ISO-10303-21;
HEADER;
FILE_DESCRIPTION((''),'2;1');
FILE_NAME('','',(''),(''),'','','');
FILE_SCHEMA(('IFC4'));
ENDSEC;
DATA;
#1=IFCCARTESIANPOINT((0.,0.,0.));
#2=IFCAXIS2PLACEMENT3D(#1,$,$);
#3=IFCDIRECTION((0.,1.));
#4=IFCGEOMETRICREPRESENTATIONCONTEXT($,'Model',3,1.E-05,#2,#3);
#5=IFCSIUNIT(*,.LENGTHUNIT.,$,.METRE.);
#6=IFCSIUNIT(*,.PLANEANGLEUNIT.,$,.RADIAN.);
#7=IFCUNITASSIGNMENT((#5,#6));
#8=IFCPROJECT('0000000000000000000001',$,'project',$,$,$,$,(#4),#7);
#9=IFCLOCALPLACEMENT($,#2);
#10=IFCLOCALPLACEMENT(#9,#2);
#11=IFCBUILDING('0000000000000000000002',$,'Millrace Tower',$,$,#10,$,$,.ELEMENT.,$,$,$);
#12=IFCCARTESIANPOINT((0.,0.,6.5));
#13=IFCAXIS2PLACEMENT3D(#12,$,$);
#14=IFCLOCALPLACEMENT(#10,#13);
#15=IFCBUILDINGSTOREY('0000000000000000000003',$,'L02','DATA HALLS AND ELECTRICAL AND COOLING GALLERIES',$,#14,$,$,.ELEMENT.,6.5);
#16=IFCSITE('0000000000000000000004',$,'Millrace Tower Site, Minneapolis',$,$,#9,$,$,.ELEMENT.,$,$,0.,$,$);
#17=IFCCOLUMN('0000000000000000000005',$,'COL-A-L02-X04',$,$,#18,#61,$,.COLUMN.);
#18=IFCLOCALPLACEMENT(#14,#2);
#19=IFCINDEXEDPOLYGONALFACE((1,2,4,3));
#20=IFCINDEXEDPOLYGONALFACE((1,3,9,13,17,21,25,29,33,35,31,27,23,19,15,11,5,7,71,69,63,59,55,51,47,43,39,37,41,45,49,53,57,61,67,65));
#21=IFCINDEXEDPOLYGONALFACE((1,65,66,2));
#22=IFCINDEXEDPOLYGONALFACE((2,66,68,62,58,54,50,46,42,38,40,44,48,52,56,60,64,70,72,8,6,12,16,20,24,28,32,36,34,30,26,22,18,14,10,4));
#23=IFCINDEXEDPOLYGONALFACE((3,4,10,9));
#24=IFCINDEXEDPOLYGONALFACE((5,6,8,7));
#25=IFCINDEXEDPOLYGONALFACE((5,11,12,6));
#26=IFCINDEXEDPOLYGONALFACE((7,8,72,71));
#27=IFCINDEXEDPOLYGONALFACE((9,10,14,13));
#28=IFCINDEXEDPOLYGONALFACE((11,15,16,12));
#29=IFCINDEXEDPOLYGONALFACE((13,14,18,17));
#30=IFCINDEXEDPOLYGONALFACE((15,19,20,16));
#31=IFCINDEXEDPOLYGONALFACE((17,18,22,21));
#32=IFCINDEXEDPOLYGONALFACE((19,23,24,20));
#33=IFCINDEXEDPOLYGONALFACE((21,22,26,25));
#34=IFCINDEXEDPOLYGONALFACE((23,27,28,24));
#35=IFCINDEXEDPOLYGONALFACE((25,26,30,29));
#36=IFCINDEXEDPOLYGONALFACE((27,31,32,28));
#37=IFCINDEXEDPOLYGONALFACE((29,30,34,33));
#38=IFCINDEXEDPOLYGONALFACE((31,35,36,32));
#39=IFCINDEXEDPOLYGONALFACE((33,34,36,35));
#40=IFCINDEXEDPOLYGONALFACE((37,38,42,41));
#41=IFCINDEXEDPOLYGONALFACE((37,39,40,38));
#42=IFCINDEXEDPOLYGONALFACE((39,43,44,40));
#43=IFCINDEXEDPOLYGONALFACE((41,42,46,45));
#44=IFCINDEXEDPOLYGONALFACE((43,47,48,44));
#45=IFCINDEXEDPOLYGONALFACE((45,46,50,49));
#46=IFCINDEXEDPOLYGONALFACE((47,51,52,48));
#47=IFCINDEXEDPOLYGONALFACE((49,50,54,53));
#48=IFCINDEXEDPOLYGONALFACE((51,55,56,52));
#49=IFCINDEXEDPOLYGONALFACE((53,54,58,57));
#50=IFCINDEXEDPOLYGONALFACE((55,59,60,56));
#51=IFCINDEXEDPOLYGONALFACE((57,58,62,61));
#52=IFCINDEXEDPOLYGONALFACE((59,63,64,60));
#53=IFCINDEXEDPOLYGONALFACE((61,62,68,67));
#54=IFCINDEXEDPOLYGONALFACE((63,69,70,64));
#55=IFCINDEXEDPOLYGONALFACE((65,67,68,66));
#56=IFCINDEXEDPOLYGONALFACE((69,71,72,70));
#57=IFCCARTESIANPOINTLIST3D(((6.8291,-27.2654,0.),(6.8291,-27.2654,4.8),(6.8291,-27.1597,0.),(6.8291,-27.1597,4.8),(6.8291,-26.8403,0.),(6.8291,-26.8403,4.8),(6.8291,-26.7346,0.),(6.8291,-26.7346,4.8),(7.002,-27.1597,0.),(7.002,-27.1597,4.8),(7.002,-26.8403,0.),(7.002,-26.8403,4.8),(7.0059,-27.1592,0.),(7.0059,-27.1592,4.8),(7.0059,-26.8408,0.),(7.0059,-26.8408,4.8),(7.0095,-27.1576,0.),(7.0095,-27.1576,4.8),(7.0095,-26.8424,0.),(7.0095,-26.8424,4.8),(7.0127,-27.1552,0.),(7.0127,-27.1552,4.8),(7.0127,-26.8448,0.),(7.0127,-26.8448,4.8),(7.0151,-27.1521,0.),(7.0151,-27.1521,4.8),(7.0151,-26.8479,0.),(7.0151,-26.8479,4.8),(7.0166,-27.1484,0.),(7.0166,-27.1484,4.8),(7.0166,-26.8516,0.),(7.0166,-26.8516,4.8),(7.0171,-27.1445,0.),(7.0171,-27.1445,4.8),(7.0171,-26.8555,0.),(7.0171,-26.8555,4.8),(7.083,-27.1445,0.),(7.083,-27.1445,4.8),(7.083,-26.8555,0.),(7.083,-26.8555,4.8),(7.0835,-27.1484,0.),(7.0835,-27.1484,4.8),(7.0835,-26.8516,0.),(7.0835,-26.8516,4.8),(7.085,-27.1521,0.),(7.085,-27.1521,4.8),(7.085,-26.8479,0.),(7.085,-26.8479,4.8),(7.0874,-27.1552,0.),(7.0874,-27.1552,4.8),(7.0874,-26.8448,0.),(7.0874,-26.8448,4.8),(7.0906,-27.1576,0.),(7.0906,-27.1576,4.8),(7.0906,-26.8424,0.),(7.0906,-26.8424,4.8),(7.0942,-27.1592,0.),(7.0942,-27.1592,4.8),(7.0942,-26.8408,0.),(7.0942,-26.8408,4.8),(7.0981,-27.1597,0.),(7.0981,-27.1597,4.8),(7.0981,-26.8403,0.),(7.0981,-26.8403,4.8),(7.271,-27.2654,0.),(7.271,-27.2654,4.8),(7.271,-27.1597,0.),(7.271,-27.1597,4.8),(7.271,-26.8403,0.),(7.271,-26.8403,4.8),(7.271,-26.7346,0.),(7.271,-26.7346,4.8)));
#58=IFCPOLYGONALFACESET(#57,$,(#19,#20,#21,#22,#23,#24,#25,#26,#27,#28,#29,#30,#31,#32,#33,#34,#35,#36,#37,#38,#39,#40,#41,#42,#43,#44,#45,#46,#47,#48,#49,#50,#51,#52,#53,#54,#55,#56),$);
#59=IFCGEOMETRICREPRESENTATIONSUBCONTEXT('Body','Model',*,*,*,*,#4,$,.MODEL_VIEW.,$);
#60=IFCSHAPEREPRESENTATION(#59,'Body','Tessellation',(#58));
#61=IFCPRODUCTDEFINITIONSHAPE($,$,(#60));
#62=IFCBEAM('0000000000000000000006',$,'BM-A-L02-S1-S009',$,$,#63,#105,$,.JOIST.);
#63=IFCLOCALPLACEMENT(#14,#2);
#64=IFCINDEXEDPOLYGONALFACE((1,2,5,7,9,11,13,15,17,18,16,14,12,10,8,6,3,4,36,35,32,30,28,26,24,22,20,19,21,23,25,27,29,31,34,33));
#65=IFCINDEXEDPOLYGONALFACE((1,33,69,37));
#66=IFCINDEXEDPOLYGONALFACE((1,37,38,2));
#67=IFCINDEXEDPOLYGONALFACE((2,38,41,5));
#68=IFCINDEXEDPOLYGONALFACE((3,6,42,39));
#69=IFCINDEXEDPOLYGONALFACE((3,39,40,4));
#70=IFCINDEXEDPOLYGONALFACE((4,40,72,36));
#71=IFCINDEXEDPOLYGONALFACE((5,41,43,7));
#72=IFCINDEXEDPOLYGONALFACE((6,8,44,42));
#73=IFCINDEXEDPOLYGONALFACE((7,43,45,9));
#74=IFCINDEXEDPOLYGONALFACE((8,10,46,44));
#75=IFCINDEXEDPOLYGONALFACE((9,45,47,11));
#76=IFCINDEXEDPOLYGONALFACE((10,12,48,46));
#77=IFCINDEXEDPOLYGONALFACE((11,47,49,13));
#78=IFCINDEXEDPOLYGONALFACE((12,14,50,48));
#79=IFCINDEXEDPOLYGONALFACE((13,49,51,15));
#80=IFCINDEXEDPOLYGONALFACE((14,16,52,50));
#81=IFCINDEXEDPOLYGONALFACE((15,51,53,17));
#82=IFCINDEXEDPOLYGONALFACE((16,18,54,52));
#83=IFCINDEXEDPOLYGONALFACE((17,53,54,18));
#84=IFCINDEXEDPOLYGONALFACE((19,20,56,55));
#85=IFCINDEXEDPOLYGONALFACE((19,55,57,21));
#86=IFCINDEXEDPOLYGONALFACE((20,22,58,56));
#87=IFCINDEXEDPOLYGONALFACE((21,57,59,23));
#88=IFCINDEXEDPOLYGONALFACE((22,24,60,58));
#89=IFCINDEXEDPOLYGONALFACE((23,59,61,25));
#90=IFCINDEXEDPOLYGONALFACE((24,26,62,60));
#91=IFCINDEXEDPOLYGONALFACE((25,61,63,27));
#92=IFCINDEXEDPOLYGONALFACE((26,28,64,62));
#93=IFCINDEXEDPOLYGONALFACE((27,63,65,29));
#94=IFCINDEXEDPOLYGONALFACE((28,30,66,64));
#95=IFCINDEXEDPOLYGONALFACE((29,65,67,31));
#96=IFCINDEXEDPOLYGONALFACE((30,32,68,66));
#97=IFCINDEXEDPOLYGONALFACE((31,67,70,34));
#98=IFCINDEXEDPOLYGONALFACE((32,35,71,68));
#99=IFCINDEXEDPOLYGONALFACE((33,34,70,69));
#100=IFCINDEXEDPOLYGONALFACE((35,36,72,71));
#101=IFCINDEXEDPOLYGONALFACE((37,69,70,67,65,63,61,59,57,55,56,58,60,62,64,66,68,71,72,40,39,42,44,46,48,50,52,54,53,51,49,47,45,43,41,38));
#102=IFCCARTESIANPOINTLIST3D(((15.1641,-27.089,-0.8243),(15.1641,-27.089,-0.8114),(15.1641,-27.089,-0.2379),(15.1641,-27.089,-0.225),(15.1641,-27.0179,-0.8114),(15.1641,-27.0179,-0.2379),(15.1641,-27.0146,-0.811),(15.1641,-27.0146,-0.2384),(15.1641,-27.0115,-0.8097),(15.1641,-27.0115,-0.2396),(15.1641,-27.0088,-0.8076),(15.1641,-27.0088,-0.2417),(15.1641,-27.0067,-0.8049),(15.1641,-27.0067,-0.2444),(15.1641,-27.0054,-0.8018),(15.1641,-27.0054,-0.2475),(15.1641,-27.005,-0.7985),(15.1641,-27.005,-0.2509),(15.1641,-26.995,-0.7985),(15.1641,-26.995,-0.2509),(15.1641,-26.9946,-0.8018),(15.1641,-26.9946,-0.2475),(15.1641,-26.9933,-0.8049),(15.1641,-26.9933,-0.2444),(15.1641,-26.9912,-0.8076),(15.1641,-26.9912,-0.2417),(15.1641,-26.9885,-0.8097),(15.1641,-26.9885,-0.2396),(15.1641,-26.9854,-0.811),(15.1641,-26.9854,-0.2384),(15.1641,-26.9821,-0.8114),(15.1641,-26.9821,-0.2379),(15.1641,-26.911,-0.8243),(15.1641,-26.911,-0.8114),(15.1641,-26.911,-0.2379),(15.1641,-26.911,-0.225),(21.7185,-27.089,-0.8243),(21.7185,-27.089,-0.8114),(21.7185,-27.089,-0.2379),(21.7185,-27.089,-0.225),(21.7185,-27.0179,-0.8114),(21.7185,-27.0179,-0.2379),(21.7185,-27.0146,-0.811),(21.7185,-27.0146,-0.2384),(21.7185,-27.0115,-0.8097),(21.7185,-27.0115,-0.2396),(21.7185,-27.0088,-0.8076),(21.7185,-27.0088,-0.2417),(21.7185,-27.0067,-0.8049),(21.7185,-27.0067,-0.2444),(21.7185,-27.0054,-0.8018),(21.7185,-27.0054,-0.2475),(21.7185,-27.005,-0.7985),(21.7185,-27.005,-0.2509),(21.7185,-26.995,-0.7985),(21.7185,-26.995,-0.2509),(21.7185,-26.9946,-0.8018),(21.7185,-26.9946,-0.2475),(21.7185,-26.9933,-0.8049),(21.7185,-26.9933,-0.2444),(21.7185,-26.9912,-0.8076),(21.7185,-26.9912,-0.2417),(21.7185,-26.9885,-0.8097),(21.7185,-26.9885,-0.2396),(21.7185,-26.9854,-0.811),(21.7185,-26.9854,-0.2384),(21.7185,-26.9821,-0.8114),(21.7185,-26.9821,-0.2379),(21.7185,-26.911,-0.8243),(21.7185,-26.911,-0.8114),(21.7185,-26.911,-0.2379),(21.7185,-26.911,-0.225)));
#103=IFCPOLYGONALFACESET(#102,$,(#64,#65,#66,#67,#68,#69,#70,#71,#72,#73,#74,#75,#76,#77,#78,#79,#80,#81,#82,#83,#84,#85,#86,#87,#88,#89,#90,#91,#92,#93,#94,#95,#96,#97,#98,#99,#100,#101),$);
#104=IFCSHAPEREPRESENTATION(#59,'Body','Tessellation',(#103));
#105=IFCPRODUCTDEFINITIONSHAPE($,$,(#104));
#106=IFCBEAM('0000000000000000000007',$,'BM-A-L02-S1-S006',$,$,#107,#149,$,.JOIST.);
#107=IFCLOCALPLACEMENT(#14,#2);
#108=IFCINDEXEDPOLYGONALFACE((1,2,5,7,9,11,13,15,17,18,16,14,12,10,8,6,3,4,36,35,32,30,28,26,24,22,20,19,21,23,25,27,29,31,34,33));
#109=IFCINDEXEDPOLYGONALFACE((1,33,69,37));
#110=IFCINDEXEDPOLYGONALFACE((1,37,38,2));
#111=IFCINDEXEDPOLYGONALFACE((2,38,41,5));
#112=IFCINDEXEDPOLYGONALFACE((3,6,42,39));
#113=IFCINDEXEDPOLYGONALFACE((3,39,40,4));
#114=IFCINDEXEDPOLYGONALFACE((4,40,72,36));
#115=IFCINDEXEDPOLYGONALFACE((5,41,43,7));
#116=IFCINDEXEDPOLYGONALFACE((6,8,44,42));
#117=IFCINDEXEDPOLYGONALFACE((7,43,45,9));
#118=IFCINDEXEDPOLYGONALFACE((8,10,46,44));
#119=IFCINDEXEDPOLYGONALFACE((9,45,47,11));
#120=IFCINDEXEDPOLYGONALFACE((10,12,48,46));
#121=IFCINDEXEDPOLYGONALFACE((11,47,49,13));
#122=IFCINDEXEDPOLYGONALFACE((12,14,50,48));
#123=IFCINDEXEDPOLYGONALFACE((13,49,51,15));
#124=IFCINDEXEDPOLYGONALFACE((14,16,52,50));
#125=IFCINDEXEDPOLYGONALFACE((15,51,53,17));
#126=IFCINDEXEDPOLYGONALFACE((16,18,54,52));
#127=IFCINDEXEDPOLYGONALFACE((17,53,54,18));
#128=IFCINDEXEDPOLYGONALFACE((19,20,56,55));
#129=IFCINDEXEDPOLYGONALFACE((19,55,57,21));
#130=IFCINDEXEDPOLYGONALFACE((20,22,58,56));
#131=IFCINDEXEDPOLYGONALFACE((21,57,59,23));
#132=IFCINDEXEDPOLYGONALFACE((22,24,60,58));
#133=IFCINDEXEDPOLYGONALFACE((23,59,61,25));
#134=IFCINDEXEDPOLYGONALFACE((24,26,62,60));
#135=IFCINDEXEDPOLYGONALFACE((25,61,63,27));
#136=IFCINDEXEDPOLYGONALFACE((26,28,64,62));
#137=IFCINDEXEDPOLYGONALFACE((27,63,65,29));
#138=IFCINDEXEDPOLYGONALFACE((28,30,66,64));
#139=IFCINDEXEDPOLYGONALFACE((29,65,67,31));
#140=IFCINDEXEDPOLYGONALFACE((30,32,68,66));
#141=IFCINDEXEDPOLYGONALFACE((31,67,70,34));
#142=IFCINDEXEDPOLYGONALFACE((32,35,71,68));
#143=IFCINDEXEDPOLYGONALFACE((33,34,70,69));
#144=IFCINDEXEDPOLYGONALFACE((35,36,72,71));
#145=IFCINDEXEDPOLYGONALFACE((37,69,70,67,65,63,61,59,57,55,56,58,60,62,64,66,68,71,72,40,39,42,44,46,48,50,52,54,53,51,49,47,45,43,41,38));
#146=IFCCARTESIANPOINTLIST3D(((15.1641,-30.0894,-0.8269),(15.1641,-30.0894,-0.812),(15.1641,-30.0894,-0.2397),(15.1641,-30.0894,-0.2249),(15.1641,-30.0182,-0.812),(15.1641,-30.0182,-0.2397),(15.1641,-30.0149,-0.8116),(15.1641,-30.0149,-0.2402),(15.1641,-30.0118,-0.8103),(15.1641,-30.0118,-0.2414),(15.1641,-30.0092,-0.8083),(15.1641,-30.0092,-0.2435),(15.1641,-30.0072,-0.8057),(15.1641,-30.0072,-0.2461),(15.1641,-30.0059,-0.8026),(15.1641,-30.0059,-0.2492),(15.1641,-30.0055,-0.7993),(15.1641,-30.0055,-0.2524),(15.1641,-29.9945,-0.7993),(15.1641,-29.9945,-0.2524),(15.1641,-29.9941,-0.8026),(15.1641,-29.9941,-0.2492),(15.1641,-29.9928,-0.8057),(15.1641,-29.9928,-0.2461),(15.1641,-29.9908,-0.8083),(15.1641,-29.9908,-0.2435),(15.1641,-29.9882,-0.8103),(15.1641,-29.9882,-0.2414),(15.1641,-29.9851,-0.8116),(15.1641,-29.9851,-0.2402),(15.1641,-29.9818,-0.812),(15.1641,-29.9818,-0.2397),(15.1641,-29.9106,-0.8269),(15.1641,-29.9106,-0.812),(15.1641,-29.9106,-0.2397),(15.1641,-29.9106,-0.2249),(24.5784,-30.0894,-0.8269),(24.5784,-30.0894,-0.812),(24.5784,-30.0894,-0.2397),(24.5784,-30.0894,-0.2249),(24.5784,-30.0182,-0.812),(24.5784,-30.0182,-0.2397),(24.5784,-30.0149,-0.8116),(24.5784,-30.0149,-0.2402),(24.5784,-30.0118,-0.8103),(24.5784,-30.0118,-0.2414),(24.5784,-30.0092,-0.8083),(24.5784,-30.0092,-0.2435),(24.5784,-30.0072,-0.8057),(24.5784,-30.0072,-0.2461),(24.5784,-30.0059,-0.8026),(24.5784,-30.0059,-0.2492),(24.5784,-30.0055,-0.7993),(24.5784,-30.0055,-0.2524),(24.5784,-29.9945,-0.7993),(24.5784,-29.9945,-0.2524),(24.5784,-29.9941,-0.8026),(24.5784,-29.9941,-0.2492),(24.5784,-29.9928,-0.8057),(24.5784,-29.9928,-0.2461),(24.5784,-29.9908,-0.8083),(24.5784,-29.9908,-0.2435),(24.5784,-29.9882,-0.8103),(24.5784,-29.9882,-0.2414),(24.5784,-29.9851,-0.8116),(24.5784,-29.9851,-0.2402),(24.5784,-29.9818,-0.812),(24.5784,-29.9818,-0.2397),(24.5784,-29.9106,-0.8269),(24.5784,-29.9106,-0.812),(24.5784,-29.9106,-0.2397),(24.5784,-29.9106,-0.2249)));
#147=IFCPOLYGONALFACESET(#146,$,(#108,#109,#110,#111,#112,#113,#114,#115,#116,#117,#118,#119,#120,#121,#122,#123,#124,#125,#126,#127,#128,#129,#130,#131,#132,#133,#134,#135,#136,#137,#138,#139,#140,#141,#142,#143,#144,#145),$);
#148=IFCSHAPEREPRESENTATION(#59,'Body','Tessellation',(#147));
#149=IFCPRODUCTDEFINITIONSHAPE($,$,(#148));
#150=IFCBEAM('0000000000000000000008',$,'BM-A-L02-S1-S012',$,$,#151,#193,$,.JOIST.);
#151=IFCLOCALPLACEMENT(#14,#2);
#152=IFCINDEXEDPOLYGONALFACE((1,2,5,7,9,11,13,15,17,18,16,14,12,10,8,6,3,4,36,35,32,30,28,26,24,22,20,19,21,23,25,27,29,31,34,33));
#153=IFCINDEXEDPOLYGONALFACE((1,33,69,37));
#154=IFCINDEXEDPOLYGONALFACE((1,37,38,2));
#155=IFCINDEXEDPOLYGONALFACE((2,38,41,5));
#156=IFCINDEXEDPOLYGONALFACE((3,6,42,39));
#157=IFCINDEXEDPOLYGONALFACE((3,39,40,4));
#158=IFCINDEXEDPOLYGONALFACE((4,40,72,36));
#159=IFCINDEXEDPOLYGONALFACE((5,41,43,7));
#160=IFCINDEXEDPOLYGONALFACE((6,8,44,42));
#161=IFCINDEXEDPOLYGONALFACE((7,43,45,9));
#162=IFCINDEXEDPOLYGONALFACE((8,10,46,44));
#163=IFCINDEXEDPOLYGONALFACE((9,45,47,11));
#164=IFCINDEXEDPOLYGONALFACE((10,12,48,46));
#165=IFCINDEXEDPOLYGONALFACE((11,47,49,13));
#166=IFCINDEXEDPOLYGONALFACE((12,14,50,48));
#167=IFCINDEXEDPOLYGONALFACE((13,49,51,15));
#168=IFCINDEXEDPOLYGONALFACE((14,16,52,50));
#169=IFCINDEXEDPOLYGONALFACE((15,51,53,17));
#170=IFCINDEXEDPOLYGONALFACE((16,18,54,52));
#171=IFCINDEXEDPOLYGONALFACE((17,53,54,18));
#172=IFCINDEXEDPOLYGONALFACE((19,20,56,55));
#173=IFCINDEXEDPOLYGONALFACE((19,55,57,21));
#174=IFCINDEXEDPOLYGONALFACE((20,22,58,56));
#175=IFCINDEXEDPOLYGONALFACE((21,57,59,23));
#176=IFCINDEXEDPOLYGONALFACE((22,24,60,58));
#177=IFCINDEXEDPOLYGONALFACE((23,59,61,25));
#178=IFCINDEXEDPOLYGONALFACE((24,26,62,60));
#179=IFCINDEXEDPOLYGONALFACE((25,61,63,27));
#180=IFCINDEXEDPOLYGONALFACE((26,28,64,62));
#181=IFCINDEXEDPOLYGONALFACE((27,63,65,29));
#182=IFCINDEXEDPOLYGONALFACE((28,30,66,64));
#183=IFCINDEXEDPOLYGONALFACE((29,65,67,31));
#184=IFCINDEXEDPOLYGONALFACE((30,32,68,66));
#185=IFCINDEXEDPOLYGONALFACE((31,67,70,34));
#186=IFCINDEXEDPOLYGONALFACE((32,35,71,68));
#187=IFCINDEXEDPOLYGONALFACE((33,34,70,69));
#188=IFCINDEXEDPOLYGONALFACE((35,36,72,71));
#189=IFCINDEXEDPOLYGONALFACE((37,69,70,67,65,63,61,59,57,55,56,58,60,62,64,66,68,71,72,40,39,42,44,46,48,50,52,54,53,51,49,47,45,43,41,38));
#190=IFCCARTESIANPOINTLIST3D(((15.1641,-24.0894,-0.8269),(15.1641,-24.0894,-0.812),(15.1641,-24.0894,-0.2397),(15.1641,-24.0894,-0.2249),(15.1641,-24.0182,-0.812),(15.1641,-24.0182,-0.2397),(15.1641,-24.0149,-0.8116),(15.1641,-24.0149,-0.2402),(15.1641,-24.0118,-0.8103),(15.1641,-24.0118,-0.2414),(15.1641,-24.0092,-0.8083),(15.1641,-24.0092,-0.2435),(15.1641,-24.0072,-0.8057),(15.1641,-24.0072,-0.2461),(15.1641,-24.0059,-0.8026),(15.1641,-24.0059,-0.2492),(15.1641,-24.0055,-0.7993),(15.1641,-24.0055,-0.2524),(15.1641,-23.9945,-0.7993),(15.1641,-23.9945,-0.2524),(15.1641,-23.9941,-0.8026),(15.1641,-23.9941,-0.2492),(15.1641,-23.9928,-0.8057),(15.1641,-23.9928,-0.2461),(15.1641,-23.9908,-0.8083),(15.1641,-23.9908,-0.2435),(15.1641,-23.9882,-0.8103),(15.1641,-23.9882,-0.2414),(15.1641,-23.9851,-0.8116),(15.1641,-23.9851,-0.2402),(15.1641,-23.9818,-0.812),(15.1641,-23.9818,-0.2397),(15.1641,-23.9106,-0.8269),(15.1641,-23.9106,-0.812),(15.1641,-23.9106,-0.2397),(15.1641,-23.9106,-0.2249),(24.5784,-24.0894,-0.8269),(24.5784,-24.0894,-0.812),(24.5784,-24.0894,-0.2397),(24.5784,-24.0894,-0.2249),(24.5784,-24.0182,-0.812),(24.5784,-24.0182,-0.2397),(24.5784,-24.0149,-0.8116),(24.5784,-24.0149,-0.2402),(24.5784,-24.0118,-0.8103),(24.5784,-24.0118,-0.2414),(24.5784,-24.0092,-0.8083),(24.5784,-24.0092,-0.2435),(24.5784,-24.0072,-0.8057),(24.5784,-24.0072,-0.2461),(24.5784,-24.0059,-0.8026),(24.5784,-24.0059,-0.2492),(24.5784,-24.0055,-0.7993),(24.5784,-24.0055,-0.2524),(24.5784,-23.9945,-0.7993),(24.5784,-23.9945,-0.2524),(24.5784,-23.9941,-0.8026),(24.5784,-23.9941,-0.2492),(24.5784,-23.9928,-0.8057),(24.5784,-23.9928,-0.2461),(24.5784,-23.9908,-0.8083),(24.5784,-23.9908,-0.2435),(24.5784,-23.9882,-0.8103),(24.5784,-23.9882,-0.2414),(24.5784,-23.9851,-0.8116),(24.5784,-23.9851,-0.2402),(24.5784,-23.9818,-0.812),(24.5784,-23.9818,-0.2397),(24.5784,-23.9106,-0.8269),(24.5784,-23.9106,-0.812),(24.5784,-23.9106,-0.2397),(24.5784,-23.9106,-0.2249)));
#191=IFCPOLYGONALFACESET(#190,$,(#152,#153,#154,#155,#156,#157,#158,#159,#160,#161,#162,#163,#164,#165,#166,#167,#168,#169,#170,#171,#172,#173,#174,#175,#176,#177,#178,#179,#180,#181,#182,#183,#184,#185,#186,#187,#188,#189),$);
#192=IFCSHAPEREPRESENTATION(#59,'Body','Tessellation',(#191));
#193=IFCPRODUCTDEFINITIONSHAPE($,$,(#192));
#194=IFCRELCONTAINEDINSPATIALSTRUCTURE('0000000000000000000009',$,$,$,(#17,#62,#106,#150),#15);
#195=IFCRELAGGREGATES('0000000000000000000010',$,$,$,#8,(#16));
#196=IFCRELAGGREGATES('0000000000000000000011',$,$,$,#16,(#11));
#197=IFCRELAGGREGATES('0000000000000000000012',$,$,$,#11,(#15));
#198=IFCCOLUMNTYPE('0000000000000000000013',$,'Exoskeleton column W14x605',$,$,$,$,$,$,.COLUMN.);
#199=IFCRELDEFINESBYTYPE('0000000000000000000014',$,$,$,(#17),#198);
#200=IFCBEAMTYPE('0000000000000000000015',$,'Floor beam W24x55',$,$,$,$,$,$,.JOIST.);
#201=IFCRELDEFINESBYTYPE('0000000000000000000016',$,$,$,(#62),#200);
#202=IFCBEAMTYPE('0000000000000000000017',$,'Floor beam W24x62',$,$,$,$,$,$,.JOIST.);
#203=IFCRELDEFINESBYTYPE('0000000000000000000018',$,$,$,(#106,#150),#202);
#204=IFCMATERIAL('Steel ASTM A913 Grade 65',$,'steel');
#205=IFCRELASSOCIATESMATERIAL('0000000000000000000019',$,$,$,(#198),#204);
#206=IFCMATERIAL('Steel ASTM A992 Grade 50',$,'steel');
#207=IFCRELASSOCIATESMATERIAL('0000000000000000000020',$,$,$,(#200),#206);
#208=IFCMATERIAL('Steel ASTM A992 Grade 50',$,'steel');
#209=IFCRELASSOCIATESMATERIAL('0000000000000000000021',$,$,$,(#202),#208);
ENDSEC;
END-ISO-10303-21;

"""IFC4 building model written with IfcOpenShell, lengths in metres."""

from ifc_helpers import new_model, si_unit, direction, frame, origin, origin_2d, place, context, subcontext, project, spatial, i_section, extrude, material, material_profile, profile_set, type_object, element, save


model = new_model("IFC4")

# Units and contexts
model_context = context("Model", 3, precision=1e-05, world=origin(), true_north=direction((0.0, 1.0)))
body_context = subcontext(model_context, "Body", "Model", "MODEL_VIEW")
ifc_project = project(units=[si_unit("LENGTHUNIT", "METRE"), si_unit("PLANEANGLEUNIT", "RADIAN")], contexts=[model_context])

# Site, building, storey
site_placement = place(None, origin())
site = spatial("IfcSite", under=ifc_project, at=site_placement, Name="Millrace Tower Site, Minneapolis", CompositionType="ELEMENT", RefElevation=0.0)
building_placement = place(site_placement, origin())
building = spatial("IfcBuilding", under=site, at=building_placement, Name="Millrace Tower", CompositionType="ELEMENT")
storey_placement = place(building_placement, frame((0.0, 0.0, 6.5)))
storey = spatial("IfcBuildingStorey", under=building, at=storey_placement, Name="L02", Description="DATA HALLS AND ELECTRICAL AND COOLING GALLERIES", CompositionType="ELEMENT", Elevation=6.5)

# Column
ifc_material_1 = material(Name="Steel ASTM A913 Grade 65", Category="steel")
ifc_material_profile_1 = material_profile(ifc_material_1, i_section(OverallWidth=0.4419, OverallDepth=0.5308, WebThickness=0.0659, FlangeThickness=0.1057, FilletRadius=0.0151, at=origin_2d()))
ifc_profile_set_1 = profile_set([ifc_material_profile_1], Name="Steel ASTM A913 Grade 65")
column_type = type_object("IfcColumnType", Name="Exoskeleton column W14x605", PredefinedType="COLUMN", material=ifc_profile_set_1)
column_placement = place(storey_placement, frame((7.05, -27.0, 0.0), z_axis=(0.0, 0.0, 1.0), x_axis=(1.0, 0.0, 0.0)))
element("IfcColumn", 1, at=column_placement, inside=storey, type_object=column_type, Name="COL-A-L02-X04", PredefinedType="COLUMN", context=body_context, shape_type="SweptSolid", body=[
    extrude(i_section(OverallWidth=0.4419, OverallDepth=0.5308, WebThickness=0.0659, FlangeThickness=0.1057, FilletRadius=0.0151, at=origin_2d()), origin(), (0.0, 0.0, 1.0), 4.8),
])

# Beams
ifc_material_2 = material(Name="Steel ASTM A992 Grade 50", Category="steel")
ifc_material_profile_2 = material_profile(ifc_material_2, i_section(OverallWidth=0.178, OverallDepth=0.5994, WebThickness=0.01, FlangeThickness=0.0129, FilletRadius=0.0129, at=origin_2d()))
ifc_profile_set_2 = profile_set([ifc_material_profile_2], Name="Steel ASTM A992 Grade 50")
beam_type_1 = type_object("IfcBeamType", Name="Floor beam W24x55", PredefinedType="JOIST", material=ifc_profile_set_2)
beam_placement = place(storey_placement, frame((15.1641, -27.0, -0.5247), z_axis=(1.0, 0.0, 0.0), x_axis=(0.0, 1.0, 0.0)))
element("IfcBeam", 2, at=beam_placement, inside=storey, type_object=beam_type_1, Name="BM-A-L02-S1-S009", PredefinedType="JOIST", context=body_context, shape_type="SweptSolid", body=[
    extrude(i_section(OverallWidth=0.178, OverallDepth=0.5994, WebThickness=0.01, FlangeThickness=0.0129, FilletRadius=0.0129, at=origin_2d()), origin(), (0.0, 0.0, 1.0), 6.5544),
])
ifc_material_3 = material(Name="Steel ASTM A992 Grade 50", Category="steel")
ifc_material_profile_3 = material_profile(ifc_material_3, i_section(OverallWidth=0.1787, OverallDepth=0.6021, WebThickness=0.011, FlangeThickness=0.0149, FilletRadius=0.0127, at=origin_2d()))
ifc_profile_set_3 = profile_set([ifc_material_profile_3], Name="Steel ASTM A992 Grade 50")
beam_type_2 = type_object("IfcBeamType", Name="Floor beam W24x62", PredefinedType="JOIST", material=ifc_profile_set_3)
for number, where, z_axis, x_axis, name in (
    (3, (15.1641, -30.0, -0.5259), (1.0, 0.0, 0.0), (0.0, 1.0, 0.0), "BM-A-L02-S1-S006"),
    (4, (15.1641, -24.0, -0.5259), (1.0, 0.0, 0.0), (0.0, 1.0, 0.0), "BM-A-L02-S1-S012"),
):
    element("IfcBeam", number, at=place(storey_placement, frame(where, z_axis=z_axis, x_axis=x_axis)), inside=storey, type_object=beam_type_2, Name=name, PredefinedType="JOIST", context=body_context, shape_type="SweptSolid", body=[
        extrude(i_section(OverallWidth=0.1787, OverallDepth=0.6021, WebThickness=0.011, FlangeThickness=0.0149, FilletRadius=0.0127, at=origin_2d()), origin(), (0.0, 0.0, 1.0), 9.4143),
    ])

save(model, "model.ifc")
